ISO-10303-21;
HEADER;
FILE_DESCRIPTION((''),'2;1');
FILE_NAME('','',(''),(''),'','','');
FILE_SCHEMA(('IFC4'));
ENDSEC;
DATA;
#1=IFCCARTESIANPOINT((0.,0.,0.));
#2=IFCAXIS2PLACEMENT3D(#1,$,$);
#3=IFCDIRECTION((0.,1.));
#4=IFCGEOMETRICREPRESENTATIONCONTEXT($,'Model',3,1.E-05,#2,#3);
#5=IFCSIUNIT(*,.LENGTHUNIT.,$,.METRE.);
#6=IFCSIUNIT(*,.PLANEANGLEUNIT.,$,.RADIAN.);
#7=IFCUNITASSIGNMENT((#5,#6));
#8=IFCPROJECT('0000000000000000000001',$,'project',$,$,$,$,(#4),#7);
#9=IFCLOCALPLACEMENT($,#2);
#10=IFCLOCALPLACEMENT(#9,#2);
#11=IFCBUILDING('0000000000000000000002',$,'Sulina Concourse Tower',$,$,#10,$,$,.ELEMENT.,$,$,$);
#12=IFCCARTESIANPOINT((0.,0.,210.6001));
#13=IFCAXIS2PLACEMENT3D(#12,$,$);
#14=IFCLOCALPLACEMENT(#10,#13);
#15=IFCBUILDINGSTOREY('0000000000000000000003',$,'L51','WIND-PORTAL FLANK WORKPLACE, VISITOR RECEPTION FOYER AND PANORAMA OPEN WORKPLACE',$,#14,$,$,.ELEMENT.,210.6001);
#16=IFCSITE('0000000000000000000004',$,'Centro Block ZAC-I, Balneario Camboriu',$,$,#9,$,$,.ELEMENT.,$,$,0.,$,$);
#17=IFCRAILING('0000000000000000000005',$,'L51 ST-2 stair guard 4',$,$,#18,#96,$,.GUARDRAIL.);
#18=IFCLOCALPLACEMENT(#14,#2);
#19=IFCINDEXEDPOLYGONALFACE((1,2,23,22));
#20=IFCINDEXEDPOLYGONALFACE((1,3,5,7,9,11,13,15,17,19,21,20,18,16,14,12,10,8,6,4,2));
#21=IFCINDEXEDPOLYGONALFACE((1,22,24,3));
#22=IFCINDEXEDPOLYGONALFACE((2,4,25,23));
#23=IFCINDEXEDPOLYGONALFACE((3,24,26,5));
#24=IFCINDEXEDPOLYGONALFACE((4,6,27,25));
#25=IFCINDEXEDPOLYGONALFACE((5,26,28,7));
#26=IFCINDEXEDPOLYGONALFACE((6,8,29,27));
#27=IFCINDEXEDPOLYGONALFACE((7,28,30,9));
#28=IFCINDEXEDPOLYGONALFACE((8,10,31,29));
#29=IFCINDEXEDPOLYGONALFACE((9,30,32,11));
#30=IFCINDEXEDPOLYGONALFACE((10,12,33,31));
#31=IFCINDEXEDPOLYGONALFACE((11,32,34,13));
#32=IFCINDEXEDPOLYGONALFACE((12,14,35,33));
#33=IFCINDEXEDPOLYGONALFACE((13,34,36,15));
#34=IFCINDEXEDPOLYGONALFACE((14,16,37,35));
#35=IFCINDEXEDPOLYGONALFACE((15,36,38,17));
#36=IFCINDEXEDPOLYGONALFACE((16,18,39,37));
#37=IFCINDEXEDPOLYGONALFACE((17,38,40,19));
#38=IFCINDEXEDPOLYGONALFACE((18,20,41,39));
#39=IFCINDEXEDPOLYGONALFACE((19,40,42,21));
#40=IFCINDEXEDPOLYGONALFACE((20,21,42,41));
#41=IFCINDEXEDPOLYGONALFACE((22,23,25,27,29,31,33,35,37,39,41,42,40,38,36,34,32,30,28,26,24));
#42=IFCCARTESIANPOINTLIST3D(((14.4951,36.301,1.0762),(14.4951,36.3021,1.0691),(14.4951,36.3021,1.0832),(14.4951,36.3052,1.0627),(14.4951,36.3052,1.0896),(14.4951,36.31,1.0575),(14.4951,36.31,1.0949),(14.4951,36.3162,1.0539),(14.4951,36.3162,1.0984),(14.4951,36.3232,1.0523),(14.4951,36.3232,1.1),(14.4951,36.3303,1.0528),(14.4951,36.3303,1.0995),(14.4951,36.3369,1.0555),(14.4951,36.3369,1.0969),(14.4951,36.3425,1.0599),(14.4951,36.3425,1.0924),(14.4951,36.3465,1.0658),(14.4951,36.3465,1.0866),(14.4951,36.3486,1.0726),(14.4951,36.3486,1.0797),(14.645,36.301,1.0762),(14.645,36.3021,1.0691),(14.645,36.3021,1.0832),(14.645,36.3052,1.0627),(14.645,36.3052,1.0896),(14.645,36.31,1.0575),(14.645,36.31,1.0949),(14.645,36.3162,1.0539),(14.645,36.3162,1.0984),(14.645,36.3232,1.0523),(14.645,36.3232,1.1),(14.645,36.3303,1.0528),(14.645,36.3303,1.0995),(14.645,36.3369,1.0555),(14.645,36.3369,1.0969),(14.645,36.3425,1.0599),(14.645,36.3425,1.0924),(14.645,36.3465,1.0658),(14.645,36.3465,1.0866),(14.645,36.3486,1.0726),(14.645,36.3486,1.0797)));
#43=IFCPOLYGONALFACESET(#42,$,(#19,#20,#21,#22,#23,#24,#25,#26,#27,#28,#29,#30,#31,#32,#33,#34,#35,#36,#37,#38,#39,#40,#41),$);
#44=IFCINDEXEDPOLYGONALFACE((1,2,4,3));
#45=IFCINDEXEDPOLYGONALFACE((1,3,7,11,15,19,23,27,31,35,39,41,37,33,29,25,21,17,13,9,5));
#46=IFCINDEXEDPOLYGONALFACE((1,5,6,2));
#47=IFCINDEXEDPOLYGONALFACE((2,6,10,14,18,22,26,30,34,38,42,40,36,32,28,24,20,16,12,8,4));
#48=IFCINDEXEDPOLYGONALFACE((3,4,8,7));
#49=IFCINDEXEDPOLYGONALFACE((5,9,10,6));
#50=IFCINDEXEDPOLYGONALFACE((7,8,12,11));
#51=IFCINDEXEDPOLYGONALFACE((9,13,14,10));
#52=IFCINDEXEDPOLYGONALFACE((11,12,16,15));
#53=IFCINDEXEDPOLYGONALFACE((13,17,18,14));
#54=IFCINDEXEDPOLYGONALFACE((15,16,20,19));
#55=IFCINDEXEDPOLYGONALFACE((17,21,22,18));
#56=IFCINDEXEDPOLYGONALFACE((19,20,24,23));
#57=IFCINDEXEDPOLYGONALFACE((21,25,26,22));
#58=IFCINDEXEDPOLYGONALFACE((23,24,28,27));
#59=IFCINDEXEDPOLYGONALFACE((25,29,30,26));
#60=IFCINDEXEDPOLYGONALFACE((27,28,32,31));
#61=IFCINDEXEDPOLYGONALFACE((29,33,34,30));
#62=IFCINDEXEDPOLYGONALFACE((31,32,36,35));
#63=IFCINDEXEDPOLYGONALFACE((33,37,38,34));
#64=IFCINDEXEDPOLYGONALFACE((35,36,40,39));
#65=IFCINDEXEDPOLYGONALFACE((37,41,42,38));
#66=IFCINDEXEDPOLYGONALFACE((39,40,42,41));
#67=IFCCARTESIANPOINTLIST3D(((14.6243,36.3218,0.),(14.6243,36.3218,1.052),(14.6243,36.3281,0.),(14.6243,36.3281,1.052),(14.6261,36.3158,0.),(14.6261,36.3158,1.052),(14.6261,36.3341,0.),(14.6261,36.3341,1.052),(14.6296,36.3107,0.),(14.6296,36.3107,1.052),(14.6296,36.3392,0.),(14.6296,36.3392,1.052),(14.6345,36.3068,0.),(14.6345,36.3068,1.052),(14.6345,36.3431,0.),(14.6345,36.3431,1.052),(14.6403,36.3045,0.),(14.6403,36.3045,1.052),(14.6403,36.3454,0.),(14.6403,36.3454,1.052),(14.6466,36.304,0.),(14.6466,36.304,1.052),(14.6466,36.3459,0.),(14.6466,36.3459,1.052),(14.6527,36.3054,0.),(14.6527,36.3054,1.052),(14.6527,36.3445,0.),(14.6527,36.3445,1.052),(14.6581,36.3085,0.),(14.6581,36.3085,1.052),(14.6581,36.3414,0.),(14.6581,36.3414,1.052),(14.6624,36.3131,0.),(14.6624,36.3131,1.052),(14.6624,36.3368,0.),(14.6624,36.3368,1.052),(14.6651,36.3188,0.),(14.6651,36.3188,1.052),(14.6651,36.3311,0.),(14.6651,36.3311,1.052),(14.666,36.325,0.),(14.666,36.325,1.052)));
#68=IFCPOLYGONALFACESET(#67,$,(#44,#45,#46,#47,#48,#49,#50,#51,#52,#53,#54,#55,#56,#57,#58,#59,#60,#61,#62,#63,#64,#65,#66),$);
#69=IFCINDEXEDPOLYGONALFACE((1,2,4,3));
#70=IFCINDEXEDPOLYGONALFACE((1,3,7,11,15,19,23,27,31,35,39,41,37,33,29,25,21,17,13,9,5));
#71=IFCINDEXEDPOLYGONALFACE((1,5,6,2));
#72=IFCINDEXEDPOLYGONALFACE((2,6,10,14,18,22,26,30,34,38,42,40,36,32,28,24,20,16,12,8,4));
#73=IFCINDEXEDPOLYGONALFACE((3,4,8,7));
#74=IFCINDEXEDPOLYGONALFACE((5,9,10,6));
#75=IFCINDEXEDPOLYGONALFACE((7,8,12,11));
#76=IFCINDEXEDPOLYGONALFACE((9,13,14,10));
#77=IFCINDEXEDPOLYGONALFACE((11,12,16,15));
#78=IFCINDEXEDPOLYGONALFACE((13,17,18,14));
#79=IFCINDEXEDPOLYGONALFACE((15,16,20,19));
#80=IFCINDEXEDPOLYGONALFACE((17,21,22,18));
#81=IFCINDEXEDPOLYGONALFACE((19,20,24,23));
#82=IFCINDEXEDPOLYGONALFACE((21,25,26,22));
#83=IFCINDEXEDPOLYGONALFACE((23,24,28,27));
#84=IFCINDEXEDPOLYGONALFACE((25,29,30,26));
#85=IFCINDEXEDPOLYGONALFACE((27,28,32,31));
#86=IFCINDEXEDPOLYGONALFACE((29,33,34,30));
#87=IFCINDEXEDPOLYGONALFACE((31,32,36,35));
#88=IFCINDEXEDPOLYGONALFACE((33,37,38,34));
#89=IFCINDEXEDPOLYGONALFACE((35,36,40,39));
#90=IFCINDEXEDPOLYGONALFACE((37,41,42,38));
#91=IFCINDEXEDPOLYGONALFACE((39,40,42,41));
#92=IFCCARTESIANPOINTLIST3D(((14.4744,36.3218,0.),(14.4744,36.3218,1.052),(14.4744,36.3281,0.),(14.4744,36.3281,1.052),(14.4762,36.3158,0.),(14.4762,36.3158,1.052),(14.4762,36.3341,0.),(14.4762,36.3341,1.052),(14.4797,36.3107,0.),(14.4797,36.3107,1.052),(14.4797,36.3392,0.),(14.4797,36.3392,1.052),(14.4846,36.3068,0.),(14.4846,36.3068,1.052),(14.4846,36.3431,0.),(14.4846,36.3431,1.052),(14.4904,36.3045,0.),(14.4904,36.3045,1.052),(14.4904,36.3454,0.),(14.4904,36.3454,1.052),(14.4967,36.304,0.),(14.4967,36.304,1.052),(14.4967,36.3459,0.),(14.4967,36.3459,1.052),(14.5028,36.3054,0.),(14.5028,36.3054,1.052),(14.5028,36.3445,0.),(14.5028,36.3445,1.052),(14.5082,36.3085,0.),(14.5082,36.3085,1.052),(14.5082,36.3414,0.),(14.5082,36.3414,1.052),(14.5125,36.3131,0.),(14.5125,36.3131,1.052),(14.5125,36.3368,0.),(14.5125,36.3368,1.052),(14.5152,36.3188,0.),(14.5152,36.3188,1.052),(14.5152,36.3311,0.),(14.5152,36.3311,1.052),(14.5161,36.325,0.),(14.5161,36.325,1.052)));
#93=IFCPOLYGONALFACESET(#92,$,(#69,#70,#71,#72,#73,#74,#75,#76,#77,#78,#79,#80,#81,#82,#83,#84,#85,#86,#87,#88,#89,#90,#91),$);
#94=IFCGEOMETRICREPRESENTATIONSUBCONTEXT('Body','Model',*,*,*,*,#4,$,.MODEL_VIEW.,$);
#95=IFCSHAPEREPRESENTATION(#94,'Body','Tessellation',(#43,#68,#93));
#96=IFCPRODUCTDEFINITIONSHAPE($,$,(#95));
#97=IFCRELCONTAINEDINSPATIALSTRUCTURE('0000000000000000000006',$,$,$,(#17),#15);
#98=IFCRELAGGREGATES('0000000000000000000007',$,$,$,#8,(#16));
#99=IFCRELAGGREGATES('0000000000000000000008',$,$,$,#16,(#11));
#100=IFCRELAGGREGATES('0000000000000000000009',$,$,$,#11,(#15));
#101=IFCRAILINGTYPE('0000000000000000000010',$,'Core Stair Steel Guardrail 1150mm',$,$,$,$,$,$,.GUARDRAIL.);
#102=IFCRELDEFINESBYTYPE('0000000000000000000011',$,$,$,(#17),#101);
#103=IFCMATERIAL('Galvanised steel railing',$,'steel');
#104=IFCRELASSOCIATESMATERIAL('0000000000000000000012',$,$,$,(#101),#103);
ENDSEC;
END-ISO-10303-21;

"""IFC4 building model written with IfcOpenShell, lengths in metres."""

from ifc_helpers import new_model, si_unit, direction, frame, origin, origin_2d, place, context, subcontext, project, spatial, circle, extrude, material, type_object, element, save


model = new_model("IFC4")

# Units and contexts
model_context = context("Model", 3, precision=1e-05, world=origin(), true_north=direction((0.0, 1.0)))
body_context = subcontext(model_context, "Body", "Model", "MODEL_VIEW")
ifc_project = project(units=[si_unit("LENGTHUNIT", "METRE"), si_unit("PLANEANGLEUNIT", "RADIAN")], contexts=[model_context])

# Site, building, storey
site_placement = place(None, origin())
site = spatial("IfcSite", under=ifc_project, at=site_placement, Name="Centro Block ZAC-I, Balneario Camboriu", CompositionType="ELEMENT", RefElevation=0.0)
building_placement = place(site_placement, origin())
building = spatial("IfcBuilding", under=site, at=building_placement, Name="Sulina Concourse Tower", CompositionType="ELEMENT")
storey_placement = place(building_placement, frame((0.0, 0.0, 210.6001)))
storey = spatial("IfcBuildingStorey", under=building, at=storey_placement, Name="L51", Description="WIND-PORTAL FLANK WORKPLACE, VISITOR RECEPTION FOYER AND PANORAMA OPEN WORKPLACE", CompositionType="ELEMENT", Elevation=210.6001)

# Railing
ifc_material_1 = material(Name="Galvanised steel railing", Category="steel")
railing_type_1 = type_object("IfcRailingType", Name="Core Stair Steel Guardrail 1150mm", PredefinedType="GUARDRAIL", material=ifc_material_1)
railing_1_placement = place(storey_placement, frame((14.645, 36.325, 0.0)))
element("IfcRailing", 1, at=railing_1_placement, inside=storey, type_object=railing_type_1, Name="L51 ST-2 stair guard 4", PredefinedType="GUARDRAIL", context=body_context, shape_type="SweptSolid", body=[
    extrude(circle(Radius=0.0239, at=origin_2d()), frame((0.0, 0.0, 1.0762), z_axis=(-1.0, 0.0, 0.0), x_axis=(0.0, -1.0, 0.0)), (0.0, 0.0, 1.0), 0.1499),
    extrude(circle(Radius=0.021, at=origin_2d()), origin(), (0.0, 0.0, 1.0), 1.052),
    extrude(circle(Radius=0.021, at=origin_2d()), frame((-0.1499, 0.0, 0.0)), (0.0, 0.0, 1.0), 1.052),
])

save(model, "model.ifc")
